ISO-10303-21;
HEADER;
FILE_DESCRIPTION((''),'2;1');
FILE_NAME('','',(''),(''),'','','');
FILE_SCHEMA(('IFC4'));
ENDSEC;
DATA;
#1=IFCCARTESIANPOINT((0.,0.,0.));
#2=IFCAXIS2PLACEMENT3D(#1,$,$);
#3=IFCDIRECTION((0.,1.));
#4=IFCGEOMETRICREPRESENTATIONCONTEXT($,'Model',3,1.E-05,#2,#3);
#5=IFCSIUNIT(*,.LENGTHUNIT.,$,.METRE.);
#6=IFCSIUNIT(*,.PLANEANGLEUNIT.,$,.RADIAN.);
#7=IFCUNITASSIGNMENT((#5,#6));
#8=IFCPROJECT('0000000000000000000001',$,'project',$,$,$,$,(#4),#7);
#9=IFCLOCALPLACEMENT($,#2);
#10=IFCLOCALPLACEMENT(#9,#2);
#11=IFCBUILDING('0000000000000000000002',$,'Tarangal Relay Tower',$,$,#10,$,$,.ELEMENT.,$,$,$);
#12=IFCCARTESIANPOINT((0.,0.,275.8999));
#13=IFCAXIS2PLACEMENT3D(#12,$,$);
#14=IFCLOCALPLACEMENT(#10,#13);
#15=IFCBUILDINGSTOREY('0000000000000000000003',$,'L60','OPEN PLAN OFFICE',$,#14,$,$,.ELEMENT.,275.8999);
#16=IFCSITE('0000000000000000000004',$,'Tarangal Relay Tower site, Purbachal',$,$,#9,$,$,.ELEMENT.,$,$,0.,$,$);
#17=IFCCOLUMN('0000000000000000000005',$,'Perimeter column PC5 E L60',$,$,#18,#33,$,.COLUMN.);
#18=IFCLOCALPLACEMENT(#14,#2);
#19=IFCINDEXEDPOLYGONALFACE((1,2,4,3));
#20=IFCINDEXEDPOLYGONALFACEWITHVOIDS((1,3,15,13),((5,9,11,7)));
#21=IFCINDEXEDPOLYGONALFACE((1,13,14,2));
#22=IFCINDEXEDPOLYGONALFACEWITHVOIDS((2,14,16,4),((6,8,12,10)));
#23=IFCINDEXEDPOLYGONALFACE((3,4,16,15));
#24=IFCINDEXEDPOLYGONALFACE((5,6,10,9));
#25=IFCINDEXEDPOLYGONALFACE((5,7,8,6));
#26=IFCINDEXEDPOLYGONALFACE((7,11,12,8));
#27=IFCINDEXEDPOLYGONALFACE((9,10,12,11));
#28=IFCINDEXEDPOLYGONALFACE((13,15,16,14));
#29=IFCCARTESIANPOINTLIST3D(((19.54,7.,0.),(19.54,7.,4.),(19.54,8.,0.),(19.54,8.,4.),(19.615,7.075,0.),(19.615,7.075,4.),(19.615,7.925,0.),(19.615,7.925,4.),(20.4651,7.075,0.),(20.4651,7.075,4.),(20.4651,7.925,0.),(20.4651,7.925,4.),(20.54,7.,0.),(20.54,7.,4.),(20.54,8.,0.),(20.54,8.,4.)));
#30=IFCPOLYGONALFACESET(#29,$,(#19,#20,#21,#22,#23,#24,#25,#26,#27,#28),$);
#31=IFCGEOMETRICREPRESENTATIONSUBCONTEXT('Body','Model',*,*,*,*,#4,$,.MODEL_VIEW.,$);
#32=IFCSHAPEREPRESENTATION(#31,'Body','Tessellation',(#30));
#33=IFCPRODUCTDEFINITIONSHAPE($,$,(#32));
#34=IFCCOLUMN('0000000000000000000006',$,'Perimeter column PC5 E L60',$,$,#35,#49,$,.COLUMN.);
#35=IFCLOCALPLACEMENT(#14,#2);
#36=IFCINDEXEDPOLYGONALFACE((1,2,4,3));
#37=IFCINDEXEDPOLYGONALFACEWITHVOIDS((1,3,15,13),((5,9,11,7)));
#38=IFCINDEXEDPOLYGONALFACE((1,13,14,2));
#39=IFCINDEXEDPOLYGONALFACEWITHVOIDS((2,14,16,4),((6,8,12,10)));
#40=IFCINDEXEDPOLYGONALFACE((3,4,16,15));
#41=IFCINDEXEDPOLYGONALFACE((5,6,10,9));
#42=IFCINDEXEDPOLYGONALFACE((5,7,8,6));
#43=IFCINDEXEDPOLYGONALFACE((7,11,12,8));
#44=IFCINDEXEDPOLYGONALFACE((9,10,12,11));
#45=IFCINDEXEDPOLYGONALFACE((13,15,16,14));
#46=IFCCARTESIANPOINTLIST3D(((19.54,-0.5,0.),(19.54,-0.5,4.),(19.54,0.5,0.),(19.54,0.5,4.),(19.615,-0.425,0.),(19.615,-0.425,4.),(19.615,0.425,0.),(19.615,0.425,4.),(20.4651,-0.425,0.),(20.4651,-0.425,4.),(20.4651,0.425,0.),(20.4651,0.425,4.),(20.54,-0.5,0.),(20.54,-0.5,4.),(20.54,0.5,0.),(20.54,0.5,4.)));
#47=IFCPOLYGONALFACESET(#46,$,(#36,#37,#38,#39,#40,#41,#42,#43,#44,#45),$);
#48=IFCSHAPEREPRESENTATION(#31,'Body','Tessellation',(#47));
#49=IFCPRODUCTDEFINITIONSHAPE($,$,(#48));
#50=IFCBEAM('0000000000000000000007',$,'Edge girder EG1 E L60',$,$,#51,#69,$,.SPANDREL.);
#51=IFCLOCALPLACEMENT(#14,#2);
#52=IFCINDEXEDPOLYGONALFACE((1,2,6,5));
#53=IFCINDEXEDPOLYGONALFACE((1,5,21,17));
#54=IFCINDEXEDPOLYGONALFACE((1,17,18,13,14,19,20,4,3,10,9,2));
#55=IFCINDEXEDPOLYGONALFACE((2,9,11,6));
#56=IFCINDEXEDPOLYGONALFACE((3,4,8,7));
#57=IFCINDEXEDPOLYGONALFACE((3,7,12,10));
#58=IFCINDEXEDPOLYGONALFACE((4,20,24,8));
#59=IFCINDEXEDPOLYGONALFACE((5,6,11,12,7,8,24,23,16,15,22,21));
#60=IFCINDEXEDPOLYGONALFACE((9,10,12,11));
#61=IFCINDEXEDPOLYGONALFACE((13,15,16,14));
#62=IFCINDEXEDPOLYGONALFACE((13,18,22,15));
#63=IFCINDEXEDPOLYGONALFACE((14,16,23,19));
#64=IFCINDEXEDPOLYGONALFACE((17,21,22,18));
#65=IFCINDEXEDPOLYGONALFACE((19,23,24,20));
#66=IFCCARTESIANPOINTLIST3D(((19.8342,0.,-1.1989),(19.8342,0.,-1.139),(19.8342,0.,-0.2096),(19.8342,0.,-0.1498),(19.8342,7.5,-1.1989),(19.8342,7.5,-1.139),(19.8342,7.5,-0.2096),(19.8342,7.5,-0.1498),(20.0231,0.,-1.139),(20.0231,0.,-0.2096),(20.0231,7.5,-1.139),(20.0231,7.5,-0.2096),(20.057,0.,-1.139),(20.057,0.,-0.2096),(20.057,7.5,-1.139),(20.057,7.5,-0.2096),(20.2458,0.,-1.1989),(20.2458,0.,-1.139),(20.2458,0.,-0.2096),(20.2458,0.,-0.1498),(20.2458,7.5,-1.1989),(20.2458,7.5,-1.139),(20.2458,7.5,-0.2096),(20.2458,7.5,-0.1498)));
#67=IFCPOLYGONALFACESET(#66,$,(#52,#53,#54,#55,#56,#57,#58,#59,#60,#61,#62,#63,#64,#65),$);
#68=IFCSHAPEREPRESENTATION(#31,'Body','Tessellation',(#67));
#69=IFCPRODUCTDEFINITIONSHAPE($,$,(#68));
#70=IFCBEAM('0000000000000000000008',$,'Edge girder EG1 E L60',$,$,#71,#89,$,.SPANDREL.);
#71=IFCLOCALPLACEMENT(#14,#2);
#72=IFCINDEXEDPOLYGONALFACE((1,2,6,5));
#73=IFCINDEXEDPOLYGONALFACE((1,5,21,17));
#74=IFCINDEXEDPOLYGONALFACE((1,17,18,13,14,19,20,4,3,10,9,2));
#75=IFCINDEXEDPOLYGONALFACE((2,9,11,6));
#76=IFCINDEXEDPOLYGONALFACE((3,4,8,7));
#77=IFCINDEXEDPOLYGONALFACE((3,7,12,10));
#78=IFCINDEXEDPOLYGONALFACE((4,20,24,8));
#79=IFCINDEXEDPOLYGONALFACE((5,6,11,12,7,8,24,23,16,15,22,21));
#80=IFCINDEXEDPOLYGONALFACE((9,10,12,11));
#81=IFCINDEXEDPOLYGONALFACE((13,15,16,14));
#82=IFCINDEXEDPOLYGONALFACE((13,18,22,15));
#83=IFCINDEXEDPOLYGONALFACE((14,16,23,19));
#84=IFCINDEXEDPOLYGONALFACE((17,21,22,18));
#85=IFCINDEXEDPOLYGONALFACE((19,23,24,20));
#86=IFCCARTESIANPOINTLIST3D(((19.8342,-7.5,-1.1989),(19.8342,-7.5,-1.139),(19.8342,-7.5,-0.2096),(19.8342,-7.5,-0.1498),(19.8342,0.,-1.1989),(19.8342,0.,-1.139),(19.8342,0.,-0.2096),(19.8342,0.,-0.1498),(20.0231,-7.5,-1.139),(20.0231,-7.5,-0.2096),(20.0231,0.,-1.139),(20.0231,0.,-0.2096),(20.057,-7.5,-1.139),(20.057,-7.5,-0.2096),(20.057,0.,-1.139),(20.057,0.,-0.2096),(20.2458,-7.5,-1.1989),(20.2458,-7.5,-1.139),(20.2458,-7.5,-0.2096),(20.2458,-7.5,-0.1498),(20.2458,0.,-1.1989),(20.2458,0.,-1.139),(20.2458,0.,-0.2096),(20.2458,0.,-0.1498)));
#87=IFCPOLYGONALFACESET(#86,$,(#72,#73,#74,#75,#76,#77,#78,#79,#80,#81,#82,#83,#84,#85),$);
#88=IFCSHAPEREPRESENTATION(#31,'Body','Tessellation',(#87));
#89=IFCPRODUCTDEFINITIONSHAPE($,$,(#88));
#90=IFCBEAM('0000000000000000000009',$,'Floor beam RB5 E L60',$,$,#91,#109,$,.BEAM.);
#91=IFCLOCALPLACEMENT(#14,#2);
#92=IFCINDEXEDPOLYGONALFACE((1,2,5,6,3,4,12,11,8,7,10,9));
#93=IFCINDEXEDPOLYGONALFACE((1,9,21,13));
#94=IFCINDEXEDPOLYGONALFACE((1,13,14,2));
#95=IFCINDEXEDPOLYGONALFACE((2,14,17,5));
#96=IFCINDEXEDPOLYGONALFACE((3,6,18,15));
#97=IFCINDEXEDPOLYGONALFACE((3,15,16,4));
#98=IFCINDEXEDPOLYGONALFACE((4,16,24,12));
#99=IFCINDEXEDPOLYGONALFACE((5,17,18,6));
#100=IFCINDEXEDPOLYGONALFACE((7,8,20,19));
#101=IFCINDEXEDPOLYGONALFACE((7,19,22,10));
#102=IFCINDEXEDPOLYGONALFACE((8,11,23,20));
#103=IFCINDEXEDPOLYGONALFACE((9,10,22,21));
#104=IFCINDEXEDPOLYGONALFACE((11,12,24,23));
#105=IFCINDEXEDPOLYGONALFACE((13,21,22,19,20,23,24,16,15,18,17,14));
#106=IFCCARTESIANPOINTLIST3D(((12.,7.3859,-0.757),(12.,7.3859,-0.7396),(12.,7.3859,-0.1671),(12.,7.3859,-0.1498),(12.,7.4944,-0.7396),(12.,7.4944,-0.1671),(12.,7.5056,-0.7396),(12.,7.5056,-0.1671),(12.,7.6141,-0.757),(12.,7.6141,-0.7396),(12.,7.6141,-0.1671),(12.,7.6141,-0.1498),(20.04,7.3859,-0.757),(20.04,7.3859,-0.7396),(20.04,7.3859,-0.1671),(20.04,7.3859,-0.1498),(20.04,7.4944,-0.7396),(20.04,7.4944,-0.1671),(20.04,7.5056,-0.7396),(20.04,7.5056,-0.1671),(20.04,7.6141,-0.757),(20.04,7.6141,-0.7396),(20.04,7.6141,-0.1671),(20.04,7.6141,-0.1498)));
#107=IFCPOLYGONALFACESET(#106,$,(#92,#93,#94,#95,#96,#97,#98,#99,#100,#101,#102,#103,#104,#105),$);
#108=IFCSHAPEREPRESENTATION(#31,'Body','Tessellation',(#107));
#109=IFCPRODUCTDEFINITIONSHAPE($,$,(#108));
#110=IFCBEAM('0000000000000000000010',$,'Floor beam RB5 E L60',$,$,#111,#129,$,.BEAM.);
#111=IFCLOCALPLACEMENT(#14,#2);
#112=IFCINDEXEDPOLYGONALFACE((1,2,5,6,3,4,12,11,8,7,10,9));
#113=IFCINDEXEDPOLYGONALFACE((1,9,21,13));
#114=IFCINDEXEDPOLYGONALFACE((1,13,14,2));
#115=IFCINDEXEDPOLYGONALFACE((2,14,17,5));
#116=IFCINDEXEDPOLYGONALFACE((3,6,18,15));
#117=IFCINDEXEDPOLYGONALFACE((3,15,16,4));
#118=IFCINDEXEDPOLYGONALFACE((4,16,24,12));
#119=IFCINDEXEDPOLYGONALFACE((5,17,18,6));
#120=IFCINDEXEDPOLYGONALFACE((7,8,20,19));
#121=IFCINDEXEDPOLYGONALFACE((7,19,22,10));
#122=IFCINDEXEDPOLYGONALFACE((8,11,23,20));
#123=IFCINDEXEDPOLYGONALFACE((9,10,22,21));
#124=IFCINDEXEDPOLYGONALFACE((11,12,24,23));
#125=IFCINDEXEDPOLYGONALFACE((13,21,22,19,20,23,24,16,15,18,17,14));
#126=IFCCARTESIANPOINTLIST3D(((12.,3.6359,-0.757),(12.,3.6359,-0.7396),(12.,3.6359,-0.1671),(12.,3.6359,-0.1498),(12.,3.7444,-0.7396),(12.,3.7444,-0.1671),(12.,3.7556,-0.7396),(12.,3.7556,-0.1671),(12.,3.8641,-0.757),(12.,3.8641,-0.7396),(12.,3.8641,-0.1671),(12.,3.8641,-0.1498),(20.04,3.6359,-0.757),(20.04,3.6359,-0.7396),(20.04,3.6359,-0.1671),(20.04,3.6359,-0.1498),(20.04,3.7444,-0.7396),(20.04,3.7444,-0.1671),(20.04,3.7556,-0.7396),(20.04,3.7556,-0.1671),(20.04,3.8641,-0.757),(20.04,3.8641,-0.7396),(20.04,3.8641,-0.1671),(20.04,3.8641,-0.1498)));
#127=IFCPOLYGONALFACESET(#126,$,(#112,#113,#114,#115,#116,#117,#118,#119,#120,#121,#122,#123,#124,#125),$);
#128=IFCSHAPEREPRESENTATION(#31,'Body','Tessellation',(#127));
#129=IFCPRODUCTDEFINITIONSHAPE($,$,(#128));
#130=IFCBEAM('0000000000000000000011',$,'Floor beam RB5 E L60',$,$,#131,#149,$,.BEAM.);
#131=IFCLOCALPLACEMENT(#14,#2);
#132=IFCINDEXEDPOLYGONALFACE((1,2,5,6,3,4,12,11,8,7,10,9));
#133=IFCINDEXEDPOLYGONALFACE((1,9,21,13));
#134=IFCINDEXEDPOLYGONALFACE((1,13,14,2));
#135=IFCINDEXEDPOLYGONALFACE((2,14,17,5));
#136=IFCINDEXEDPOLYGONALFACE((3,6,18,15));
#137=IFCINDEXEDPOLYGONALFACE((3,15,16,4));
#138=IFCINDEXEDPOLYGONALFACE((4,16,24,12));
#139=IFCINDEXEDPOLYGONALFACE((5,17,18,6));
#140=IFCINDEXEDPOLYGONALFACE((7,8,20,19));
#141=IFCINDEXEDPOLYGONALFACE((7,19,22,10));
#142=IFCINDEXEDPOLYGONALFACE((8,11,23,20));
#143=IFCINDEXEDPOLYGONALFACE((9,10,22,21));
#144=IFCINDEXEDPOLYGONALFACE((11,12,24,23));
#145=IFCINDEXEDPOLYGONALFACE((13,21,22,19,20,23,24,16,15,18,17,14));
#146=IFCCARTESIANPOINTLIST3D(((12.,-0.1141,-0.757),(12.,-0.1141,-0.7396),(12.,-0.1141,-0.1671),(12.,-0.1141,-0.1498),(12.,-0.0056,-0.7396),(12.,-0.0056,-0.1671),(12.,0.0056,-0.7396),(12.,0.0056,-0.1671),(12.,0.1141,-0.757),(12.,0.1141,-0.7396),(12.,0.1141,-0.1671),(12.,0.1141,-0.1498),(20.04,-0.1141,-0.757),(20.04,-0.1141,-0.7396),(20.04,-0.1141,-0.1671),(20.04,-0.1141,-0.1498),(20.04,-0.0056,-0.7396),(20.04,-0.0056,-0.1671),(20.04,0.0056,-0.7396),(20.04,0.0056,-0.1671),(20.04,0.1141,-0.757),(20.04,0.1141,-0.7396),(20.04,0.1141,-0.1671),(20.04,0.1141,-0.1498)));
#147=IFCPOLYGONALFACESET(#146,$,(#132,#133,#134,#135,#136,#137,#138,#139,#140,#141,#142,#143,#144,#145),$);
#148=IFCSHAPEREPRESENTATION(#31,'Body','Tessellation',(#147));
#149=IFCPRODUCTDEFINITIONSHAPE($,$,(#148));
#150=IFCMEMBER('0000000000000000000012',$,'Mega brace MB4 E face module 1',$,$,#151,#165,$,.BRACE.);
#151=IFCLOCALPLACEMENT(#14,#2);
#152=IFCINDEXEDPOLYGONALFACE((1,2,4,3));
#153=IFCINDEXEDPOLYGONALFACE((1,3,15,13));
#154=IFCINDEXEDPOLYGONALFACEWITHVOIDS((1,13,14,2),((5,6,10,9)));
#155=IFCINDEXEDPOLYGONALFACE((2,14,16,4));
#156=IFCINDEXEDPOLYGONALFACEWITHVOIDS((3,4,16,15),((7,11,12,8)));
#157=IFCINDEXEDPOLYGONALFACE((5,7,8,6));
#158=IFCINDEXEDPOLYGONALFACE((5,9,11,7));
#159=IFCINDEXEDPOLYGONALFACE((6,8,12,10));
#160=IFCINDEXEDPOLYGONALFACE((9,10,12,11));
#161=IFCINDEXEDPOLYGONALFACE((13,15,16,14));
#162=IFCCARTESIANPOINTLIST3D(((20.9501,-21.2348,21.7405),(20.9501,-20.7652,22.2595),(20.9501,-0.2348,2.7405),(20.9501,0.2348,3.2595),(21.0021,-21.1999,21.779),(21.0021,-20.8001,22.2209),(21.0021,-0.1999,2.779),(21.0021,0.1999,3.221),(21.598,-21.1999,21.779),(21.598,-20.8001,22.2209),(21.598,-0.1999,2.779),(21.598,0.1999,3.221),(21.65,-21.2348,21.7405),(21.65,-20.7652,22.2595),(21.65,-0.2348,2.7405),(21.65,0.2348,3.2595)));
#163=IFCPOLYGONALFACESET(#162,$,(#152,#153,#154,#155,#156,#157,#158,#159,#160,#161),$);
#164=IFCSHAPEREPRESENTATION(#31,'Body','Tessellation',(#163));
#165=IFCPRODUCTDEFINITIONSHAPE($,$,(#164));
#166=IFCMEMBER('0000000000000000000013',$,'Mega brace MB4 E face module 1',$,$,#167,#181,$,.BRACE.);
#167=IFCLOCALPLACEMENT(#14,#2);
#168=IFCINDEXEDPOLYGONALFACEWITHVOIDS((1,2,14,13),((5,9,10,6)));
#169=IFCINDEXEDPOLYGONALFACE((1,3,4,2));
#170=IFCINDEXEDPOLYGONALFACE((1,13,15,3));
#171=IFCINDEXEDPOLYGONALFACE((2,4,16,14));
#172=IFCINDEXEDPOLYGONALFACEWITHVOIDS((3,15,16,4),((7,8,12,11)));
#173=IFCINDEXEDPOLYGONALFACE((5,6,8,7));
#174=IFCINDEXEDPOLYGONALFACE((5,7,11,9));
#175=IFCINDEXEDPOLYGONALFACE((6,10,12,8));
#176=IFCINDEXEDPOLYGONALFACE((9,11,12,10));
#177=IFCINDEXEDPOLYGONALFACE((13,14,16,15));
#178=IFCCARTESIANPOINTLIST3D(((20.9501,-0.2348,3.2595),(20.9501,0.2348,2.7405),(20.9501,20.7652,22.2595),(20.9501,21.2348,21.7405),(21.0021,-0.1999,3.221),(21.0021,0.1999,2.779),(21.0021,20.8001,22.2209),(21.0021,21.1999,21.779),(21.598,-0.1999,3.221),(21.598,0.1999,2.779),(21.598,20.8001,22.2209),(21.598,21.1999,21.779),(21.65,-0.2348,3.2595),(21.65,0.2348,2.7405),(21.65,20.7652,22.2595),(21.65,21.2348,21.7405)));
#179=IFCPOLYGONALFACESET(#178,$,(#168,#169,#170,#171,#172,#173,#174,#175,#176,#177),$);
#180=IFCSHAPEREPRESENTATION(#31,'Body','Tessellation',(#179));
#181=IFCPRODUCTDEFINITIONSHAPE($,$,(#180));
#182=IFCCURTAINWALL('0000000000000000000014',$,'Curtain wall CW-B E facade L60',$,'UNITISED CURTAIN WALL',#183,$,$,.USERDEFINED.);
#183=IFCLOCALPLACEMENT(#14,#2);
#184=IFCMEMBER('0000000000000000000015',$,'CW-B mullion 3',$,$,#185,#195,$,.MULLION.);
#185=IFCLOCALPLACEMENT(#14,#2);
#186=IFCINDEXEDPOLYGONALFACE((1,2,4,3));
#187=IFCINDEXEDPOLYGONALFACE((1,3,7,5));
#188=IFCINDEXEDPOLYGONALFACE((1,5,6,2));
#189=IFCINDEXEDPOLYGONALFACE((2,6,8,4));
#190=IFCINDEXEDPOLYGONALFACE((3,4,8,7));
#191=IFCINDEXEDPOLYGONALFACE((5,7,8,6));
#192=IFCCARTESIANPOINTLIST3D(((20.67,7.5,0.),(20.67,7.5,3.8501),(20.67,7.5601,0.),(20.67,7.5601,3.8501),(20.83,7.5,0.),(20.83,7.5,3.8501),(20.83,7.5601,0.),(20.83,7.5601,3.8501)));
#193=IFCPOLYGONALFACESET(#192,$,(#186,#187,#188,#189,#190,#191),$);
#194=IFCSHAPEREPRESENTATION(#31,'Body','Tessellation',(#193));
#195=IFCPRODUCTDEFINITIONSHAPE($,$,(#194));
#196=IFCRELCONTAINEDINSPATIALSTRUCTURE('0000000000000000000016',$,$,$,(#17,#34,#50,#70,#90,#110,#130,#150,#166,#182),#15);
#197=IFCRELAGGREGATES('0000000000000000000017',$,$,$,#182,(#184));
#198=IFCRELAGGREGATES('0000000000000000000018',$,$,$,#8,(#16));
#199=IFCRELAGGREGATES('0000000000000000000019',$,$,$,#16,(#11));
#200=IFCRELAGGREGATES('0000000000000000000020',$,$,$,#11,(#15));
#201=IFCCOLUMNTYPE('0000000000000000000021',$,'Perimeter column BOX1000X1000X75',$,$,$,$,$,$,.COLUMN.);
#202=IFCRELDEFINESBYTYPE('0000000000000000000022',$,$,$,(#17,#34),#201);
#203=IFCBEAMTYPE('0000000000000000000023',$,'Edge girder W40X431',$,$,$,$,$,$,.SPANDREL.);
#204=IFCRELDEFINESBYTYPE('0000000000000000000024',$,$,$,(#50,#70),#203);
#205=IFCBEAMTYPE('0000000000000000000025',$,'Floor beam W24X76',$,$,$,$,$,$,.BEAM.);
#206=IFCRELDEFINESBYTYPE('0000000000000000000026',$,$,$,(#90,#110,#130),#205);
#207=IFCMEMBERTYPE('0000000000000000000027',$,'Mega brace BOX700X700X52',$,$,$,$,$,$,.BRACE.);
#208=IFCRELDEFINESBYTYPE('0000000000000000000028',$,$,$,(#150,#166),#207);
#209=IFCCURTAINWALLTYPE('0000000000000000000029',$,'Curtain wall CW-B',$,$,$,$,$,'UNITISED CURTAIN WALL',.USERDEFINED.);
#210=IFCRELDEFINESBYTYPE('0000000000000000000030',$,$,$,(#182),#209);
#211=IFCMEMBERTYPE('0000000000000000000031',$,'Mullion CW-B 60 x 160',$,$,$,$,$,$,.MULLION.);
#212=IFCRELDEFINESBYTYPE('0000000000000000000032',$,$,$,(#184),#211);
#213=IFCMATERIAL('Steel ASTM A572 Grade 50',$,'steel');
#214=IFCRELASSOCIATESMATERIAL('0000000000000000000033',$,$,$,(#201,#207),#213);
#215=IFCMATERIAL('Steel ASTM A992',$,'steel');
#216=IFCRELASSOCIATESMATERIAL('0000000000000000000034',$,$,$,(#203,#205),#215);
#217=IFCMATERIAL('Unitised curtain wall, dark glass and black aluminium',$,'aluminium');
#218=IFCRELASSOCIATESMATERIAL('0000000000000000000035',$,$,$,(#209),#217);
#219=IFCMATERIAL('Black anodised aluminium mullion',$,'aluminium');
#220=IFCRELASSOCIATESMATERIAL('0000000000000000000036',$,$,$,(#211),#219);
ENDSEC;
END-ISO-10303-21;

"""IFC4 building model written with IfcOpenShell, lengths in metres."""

from ifc_helpers import new_model, si_unit, direction, frame, origin, origin_2d, place, context, subcontext, project, spatial, rectangle, hollow_rectangle, i_section, extrude, material, material_profile, profile_set, type_object, element, aggregate, save


model = new_model("IFC4")

# Units and contexts
model_context = context("Model", 3, precision=1e-05, world=origin(), true_north=direction((0.0, 1.0)))
body_context = subcontext(model_context, "Body", "Model", "MODEL_VIEW")
ifc_project = project(units=[si_unit("LENGTHUNIT", "METRE"), si_unit("PLANEANGLEUNIT", "RADIAN")], contexts=[model_context])

# Site, building, storey
site_placement = place(None, origin())
site = spatial("IfcSite", under=ifc_project, at=site_placement, Name="Tarangal Relay Tower site, Purbachal", CompositionType="ELEMENT", RefElevation=0.0)
building_placement = place(site_placement, origin())
building = spatial("IfcBuilding", under=site, at=building_placement, Name="Tarangal Relay Tower", CompositionType="ELEMENT")
storey_placement = place(building_placement, frame((0.0, 0.0, 275.8999)))
storey = spatial("IfcBuildingStorey", under=building, at=storey_placement, Name="L60", Description="OPEN PLAN OFFICE", CompositionType="ELEMENT", Elevation=275.8999)

# Columns
ifc_material_1 = material(Name="Steel ASTM A572 Grade 50", Category="steel")
ifc_material_profile_1 = material_profile(ifc_material_1, hollow_rectangle(XDim=1.0, YDim=1.0, WallThickness=0.075, at=origin_2d()), Name="BOX1000X1000X75")
ifc_profile_set_1 = profile_set([ifc_material_profile_1], Name="Steel ASTM A572 Grade 50")
column_type = type_object("IfcColumnType", Name="Perimeter column BOX1000X1000X75", PredefinedType="COLUMN", material=ifc_profile_set_1)
for number, where, z_axis, x_axis, name in (
    (1, (20.04, 7.5, 0.0), (0.0, 0.0, 1.0), (1.0, 0.0, 0.0), "Perimeter column PC5 E L60"),
    (2, (20.04, 0.0, 0.0), (0.0, 0.0, 1.0), (1.0, 0.0, 0.0), "Perimeter column PC5 E L60"),
):
    element("IfcColumn", number, at=place(storey_placement, frame(where, z_axis=z_axis, x_axis=x_axis)), inside=storey, type_object=column_type, Name=name, PredefinedType="COLUMN", context=body_context, shape_type="SweptSolid", body=[
        extrude(hollow_rectangle(XDim=1.0, YDim=1.0, WallThickness=0.075, at=origin_2d()), origin(), (0.0, 0.0, 1.0), 4.0),
    ])

# Beams
ifc_material_2 = material(Name="Steel ASTM A992", Category="steel")
ifc_material_profile_2 = material_profile(ifc_material_2, i_section(OverallWidth=0.4116, OverallDepth=1.0491, WebThickness=0.0339, FlangeThickness=0.0598, at=origin_2d()), Name="W40X431")
ifc_profile_set_2 = profile_set([ifc_material_profile_2], Name="Steel ASTM A992")
beam_type_1 = type_object("IfcBeamType", Name="Edge girder W40X431", PredefinedType="SPANDREL", material=ifc_profile_set_2)
for number, where, z_axis, x_axis, name in (
    (3, (20.04, 7.5, -0.6743), (0.0, -1.0, 0.0), (1.0, 0.0, 0.0), "Edge girder EG1 E L60"),
    (4, (20.04, 0.0, -0.6743), (0.0, -1.0, 0.0), (1.0, 0.0, 0.0), "Edge girder EG1 E L60"),
):
    element("IfcBeam", number, at=place(storey_placement, frame(where, z_axis=z_axis, x_axis=x_axis)), inside=storey, type_object=beam_type_1, Name=name, PredefinedType="SPANDREL", context=body_context, shape_type="SweptSolid", body=[
        extrude(i_section(OverallWidth=0.4116, OverallDepth=1.0491, WebThickness=0.0339, FlangeThickness=0.0598, at=origin_2d()), origin(), (0.0, 0.0, 1.0), 7.5),
    ])
ifc_material_profile_3 = material_profile(ifc_material_2, i_section(OverallWidth=0.2283, OverallDepth=0.6072, WebThickness=0.0112, FlangeThickness=0.0173, at=origin_2d()), Name="W24X76")
ifc_profile_set_3 = profile_set([ifc_material_profile_3], Name="Steel ASTM A992")
beam_type_2 = type_object("IfcBeamType", Name="Floor beam W24X76", PredefinedType="BEAM", material=ifc_profile_set_3)
for number, where, z_axis, x_axis, name in (
    (5, (12.0, 7.5, -0.4534), (1.0, 0.0, 0.0), (0.0, 1.0, 0.0), "Floor beam RB5 E L60"),
    (6, (12.0, 3.75, -0.4534), (1.0, 0.0, 0.0), (0.0, 1.0, 0.0), "Floor beam RB5 E L60"),
    (7, (12.0, 0.0, -0.4534), (1.0, 0.0, 0.0), (0.0, 1.0, 0.0), "Floor beam RB5 E L60"),
):
    element("IfcBeam", number, at=place(storey_placement, frame(where, z_axis=z_axis, x_axis=x_axis)), inside=storey, type_object=beam_type_2, Name=name, PredefinedType="BEAM", context=body_context, shape_type="SweptSolid", body=[
        extrude(i_section(OverallWidth=0.2283, OverallDepth=0.6072, WebThickness=0.0112, FlangeThickness=0.0173, at=origin_2d()), origin(), (0.0, 0.0, 1.0), 8.04),
    ])

# Members
ifc_material_profile_4 = material_profile(ifc_material_1, hollow_rectangle(XDim=0.7, YDim=0.7, WallThickness=0.052, at=origin_2d()), Name="BOX700X700X52")
ifc_profile_set_4 = profile_set([ifc_material_profile_4], Name="Steel ASTM A572 Grade 50")
member_type_1 = type_object("IfcMemberType", Name="Mega brace BOX700X700X52", PredefinedType="BRACE", material=ifc_profile_set_4)
for number, where, z_axis, x_axis, name in (
    (8, (21.3, 0.0, 3.0), (0.0, -0.741536, 0.670913), (1.0, 0.0, 0.0), "Mega brace MB4 E face module 1"),
    (9, (21.3, 0.0, 3.0), (0.0, 0.741536, 0.670913), (-1.0, 0.0, 0.0), "Mega brace MB4 E face module 1"),
):
    element("IfcMember", number, at=place(storey_placement, frame(where, z_axis=z_axis, x_axis=x_axis)), inside=storey, type_object=member_type_1, Name=name, PredefinedType="BRACE", context=body_context, shape_type="SweptSolid", body=[
        extrude(hollow_rectangle(XDim=0.7, YDim=0.7, WallThickness=0.052, at=origin_2d()), origin(), (0.0, 0.0, 1.0), 28.3196),
    ])

# Curtain wall, member
ifc_material_3 = material(Name="Unitised curtain wall, dark glass and black aluminium", Category="aluminium")
curtain_wall_type_1 = type_object("IfcCurtainWallType", Name="Curtain wall CW-B", ElementType="UNITISED CURTAIN WALL", PredefinedType="USERDEFINED", material=ifc_material_3)
curtain_wall_1_placement = place(storey_placement, origin())
curtain_wall_1 = element("IfcCurtainWall", 10, at=curtain_wall_1_placement, inside=storey, type_object=curtain_wall_type_1, Name="Curtain wall CW-B E facade L60", ObjectType="UNITISED CURTAIN WALL", PredefinedType="USERDEFINED")
ifc_material_4 = material(Name="Black anodised aluminium mullion", Category="aluminium")
ifc_material_profile_5 = material_profile(ifc_material_4, rectangle(XDim=0.1599, YDim=0.0601, at=origin_2d()), Name="CW-BM 60X160")
ifc_profile_set_5 = profile_set([ifc_material_profile_5], Name="Black anodised aluminium mullion")
member_type_2 = type_object("IfcMemberType", Name="Mullion CW-B 60 x 160", PredefinedType="MULLION", material=ifc_profile_set_5)
member_1_placement = place(storey_placement, frame((20.75, 7.53, 0.0), z_axis=(0.0, 0.0, 1.0), x_axis=(1.0, 0.0, 0.0)))
member_1 = element("IfcMember", 11, at=member_1_placement, type_object=member_type_2, Name="CW-B mullion 3", PredefinedType="MULLION", context=body_context, shape_type="SweptSolid", body=[
    extrude(rectangle(XDim=0.1599, YDim=0.0601, at=origin_2d()), origin(), (0.0, 0.0, 1.0), 3.8501),
])
aggregate(curtain_wall_1, [member_1])

save(model, "model.ifc")
